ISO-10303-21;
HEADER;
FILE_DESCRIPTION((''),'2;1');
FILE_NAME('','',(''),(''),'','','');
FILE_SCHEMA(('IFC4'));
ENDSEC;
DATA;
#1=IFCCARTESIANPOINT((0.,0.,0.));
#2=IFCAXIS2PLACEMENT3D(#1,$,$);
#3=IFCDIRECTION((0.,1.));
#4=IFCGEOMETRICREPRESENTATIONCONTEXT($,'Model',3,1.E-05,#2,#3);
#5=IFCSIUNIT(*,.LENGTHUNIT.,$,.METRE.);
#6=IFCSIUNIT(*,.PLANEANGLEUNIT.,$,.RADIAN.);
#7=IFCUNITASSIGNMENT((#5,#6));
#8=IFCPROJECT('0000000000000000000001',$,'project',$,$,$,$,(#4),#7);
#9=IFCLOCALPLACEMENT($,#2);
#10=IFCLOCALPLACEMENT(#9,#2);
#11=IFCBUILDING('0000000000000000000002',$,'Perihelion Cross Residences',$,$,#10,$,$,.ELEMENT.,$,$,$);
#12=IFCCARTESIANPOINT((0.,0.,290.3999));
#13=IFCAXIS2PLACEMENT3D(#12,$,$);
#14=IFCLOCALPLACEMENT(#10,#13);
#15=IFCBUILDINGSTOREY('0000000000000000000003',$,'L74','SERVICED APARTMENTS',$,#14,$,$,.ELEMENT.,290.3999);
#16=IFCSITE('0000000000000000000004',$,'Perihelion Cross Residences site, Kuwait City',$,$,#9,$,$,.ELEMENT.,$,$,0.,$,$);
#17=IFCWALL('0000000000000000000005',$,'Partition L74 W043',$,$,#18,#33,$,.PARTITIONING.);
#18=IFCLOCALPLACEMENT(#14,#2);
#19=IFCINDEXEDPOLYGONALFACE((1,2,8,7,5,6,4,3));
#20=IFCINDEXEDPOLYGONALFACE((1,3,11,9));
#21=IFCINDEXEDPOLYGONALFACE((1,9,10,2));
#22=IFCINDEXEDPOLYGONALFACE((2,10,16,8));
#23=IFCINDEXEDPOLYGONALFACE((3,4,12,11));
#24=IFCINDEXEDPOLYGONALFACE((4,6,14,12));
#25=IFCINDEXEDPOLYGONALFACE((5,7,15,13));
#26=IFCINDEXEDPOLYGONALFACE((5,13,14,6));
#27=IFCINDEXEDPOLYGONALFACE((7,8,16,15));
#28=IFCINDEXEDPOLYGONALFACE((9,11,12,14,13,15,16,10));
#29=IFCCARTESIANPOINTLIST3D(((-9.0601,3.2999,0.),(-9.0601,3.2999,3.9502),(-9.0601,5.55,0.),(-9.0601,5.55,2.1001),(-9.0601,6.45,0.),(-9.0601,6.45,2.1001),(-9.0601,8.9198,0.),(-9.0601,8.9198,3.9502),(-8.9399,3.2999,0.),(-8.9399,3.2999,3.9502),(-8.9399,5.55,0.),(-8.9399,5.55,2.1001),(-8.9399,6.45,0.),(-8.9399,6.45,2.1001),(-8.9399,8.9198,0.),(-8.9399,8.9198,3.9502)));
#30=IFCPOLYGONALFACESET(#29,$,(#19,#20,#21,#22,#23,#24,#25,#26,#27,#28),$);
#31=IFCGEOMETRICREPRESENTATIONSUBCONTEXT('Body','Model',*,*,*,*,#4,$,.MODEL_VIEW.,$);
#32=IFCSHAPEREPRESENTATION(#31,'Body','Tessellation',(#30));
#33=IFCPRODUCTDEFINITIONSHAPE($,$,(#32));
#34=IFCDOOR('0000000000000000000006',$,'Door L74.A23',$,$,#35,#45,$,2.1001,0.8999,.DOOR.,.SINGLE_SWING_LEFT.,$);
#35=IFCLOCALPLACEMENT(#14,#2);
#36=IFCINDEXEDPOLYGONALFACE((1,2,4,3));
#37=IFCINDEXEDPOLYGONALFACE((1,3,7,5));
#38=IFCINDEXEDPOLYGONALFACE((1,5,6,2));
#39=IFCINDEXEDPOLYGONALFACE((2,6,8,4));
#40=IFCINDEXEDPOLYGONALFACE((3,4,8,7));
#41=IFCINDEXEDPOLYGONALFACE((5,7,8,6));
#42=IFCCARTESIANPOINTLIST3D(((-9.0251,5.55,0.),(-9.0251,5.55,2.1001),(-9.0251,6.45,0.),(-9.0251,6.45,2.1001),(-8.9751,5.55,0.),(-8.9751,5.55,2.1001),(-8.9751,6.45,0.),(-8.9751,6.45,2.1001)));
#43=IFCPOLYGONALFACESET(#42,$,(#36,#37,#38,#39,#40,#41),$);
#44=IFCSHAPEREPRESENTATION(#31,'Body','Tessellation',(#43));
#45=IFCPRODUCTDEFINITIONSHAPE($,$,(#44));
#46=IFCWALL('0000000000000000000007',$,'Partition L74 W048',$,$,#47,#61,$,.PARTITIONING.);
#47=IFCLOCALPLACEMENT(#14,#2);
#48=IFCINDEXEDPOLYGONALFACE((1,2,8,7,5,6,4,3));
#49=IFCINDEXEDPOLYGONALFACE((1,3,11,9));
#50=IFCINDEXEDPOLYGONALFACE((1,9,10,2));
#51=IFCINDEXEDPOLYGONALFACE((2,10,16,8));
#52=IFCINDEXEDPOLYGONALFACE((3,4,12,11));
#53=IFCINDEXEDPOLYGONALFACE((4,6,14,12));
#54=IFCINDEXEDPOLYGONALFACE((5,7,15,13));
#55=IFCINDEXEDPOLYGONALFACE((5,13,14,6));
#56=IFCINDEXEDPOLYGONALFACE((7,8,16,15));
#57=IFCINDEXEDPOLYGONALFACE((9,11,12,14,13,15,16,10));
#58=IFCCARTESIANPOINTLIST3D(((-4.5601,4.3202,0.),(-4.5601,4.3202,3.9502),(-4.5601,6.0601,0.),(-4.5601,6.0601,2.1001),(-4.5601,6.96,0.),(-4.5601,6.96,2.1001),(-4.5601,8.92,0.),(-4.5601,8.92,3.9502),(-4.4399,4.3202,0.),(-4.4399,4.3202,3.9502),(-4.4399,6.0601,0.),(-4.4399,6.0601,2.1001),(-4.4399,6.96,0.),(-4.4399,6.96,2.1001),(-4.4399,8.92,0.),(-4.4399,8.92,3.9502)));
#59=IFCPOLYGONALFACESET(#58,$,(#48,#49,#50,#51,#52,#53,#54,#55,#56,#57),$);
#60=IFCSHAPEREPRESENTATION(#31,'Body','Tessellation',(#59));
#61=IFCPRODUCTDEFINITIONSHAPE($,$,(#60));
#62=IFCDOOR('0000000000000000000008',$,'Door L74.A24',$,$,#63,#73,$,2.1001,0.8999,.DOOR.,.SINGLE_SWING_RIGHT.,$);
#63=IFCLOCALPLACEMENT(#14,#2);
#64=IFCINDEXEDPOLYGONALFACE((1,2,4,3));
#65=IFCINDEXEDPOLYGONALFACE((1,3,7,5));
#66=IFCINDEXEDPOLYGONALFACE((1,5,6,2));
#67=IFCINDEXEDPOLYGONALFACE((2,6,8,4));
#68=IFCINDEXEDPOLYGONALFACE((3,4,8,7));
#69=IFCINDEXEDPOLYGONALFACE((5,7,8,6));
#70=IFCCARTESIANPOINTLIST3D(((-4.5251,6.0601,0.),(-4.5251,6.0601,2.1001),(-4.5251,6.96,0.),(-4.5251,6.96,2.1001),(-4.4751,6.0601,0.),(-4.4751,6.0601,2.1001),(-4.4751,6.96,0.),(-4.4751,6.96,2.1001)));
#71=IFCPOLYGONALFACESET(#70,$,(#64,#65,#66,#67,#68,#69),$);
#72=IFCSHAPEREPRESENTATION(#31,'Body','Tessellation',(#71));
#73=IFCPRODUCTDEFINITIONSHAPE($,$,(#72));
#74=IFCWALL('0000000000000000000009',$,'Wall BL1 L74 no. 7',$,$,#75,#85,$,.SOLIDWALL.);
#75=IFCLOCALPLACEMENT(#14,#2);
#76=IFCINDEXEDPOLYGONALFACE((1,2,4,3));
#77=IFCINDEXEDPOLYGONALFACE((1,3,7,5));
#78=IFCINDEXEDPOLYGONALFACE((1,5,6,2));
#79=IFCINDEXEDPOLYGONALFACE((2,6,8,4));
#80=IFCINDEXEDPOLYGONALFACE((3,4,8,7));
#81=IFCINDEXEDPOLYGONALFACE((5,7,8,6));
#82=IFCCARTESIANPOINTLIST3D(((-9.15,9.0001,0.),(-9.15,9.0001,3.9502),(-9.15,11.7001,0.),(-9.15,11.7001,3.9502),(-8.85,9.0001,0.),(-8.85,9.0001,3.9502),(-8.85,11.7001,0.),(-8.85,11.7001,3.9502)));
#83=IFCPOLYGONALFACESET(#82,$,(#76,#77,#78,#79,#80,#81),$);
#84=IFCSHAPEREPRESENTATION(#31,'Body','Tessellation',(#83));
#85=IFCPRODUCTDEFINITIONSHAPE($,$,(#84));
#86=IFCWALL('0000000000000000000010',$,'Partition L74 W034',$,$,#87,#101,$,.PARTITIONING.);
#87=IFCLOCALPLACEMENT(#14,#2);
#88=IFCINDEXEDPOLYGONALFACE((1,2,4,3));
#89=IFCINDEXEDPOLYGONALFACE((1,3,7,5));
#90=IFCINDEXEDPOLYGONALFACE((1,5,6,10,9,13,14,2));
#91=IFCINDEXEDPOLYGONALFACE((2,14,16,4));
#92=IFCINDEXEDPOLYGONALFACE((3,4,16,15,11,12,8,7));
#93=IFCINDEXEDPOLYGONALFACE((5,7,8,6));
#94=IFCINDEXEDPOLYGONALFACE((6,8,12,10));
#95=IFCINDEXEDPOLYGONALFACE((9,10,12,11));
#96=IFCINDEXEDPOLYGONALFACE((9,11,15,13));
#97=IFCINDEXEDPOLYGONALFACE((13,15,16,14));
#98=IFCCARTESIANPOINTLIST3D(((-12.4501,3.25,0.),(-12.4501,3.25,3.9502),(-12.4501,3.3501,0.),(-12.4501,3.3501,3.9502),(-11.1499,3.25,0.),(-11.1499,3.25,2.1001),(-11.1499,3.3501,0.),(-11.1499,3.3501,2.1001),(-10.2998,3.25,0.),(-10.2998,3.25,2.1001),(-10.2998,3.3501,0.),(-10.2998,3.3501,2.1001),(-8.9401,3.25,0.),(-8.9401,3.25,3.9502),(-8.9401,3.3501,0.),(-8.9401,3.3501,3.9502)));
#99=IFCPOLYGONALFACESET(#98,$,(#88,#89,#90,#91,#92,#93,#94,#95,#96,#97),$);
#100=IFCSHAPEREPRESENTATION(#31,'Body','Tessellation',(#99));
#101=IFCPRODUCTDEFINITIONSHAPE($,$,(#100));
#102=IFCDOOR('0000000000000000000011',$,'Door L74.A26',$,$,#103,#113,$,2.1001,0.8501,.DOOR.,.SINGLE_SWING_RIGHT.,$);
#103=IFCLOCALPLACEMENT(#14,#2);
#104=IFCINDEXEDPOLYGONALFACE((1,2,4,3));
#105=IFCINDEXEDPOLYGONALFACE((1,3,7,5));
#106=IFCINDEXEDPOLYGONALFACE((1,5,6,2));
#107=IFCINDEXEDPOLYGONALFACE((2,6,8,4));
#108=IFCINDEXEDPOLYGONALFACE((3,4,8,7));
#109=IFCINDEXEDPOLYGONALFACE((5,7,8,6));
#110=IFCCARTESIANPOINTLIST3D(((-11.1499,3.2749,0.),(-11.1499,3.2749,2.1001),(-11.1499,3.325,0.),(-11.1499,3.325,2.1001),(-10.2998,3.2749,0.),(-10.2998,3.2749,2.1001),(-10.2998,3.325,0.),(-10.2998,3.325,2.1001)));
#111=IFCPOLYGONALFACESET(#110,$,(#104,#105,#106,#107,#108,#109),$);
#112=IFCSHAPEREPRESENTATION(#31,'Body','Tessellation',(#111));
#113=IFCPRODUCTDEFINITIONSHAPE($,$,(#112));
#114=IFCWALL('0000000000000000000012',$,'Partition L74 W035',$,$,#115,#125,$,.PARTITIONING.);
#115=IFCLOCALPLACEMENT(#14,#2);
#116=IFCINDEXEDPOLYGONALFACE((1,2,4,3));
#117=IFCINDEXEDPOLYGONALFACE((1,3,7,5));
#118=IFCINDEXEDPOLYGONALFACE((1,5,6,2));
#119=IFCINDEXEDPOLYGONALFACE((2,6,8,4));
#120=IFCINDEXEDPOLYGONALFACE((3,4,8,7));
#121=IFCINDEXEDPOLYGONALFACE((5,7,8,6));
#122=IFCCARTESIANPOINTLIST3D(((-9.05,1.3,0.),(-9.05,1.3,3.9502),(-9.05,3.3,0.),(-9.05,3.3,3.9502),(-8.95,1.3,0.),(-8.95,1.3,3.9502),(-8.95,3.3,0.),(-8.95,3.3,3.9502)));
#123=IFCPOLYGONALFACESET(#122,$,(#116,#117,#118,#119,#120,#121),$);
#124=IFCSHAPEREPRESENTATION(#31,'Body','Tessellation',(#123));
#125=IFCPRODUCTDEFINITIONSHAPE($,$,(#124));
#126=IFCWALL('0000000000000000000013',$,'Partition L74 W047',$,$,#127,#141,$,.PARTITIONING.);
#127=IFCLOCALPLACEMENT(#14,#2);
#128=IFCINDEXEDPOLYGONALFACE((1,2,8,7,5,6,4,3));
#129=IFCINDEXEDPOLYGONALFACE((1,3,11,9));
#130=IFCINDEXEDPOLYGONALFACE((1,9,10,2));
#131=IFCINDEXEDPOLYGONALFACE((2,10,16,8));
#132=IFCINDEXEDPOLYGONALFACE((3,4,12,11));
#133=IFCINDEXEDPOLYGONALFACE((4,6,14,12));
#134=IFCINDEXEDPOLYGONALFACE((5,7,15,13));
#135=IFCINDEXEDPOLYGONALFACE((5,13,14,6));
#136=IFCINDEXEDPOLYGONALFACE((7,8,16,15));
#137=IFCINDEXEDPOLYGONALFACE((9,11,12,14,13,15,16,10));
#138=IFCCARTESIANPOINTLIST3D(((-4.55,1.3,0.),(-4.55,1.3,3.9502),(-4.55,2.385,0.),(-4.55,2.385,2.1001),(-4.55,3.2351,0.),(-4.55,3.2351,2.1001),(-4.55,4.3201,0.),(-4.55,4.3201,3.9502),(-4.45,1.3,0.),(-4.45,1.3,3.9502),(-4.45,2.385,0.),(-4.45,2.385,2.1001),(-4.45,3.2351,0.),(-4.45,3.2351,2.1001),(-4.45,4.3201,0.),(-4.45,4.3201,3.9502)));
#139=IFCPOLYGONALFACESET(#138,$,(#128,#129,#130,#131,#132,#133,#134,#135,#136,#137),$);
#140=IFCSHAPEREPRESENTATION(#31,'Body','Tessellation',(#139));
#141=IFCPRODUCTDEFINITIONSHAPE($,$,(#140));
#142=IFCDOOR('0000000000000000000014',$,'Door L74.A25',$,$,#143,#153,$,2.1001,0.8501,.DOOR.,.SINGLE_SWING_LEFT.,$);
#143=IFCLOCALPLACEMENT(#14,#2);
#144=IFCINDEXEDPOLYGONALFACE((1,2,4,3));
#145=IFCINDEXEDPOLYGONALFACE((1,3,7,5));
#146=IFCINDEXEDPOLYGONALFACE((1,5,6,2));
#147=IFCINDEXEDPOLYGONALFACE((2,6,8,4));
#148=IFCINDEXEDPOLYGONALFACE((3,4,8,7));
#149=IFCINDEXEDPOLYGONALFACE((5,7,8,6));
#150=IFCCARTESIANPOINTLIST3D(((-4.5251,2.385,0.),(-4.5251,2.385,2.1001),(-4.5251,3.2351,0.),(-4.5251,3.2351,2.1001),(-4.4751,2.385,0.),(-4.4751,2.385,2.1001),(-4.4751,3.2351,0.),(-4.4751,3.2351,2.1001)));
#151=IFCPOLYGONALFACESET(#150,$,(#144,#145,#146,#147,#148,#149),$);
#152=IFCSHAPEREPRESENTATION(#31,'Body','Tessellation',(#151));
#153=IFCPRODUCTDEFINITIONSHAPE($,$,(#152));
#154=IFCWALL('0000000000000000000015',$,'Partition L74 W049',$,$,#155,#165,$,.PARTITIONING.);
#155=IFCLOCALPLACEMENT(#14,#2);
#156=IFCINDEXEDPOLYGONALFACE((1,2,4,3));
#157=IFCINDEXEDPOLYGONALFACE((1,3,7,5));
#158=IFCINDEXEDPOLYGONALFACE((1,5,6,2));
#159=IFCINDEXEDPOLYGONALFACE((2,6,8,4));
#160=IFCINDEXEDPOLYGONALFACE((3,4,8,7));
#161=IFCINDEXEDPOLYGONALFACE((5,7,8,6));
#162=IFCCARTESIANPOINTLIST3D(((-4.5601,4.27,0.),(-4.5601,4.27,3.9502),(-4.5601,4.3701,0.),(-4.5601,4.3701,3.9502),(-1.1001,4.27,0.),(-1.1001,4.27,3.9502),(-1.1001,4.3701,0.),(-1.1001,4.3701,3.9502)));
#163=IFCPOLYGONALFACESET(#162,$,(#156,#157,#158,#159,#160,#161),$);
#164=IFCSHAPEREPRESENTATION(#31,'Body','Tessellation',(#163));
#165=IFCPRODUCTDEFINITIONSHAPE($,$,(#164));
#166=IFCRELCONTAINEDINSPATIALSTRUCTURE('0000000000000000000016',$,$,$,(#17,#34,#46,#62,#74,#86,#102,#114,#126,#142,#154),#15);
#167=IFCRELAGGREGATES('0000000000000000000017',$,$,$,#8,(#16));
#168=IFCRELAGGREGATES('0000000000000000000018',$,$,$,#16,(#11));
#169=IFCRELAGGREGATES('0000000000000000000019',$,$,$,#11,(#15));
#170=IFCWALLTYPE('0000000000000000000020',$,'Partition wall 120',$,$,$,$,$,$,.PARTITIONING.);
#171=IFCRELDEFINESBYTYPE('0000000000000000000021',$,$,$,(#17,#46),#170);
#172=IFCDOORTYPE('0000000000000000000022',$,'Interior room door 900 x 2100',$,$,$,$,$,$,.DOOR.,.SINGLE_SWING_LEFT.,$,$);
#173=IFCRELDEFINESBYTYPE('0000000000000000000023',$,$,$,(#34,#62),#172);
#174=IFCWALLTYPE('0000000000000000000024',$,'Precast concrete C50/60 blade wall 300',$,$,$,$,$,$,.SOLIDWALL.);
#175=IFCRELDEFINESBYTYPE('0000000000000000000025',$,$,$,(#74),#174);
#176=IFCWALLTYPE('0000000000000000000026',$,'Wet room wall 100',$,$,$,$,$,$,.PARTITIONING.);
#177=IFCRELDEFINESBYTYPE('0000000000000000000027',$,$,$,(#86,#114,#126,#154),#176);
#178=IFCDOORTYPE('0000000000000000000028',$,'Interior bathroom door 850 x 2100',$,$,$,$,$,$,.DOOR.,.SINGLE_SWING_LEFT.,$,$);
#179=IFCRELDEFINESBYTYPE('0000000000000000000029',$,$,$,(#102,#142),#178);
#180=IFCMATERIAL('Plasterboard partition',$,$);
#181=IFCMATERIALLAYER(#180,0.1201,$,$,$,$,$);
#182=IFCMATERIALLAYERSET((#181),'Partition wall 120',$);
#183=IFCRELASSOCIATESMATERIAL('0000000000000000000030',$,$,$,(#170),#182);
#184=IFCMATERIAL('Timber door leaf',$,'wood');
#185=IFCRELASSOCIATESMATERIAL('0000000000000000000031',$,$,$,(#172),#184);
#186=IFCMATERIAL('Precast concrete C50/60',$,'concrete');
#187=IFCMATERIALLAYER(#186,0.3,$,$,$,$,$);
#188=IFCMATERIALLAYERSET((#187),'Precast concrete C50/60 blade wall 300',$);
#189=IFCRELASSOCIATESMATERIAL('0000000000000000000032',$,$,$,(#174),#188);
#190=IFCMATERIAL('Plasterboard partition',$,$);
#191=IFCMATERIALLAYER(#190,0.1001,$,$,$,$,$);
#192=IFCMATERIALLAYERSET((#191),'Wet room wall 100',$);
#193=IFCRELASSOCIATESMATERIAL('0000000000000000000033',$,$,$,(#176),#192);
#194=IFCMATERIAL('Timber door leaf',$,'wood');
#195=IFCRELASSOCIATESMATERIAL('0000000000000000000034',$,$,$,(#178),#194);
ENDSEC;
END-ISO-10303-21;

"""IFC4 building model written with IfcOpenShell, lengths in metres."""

from ifc_helpers import new_model, si_unit, direction, frame, frame_2d, origin, place, context, subcontext, project, spatial, rectangle, extrude, material, layer, layer_set, type_object, element, fill, save


model = new_model("IFC4")

# Units and contexts
model_context = context("Model", 3, precision=1e-05, world=origin(), true_north=direction((0.0, 1.0)))
body_context = subcontext(model_context, "Body", "Model", "MODEL_VIEW")
ifc_project = project(units=[si_unit("LENGTHUNIT", "METRE"), si_unit("PLANEANGLEUNIT", "RADIAN")], contexts=[model_context])

# Site, building, storey
site_placement = place(None, origin())
site = spatial("IfcSite", under=ifc_project, at=site_placement, Name="Perihelion Cross Residences site, Kuwait City", CompositionType="ELEMENT", RefElevation=0.0)
building_placement = place(site_placement, origin())
building = spatial("IfcBuilding", under=site, at=building_placement, Name="Perihelion Cross Residences", CompositionType="ELEMENT")
storey_placement = place(building_placement, frame((0.0, 0.0, 290.3999)))
storey = spatial("IfcBuildingStorey", under=building, at=storey_placement, Name="L74", Description="SERVICED APARTMENTS", CompositionType="ELEMENT", Elevation=290.3999)

# Walls, openings, doors
ifc_material_1 = material(Name="Plasterboard partition")
ifc_layer_1 = layer(ifc_material_1, 0.1201)
ifc_layer_set_1 = layer_set([ifc_layer_1], Name="Partition wall 120")
wall_type_1 = type_object("IfcWallType", Name="Partition wall 120", PredefinedType="PARTITIONING", material=ifc_layer_set_1)
wall_1_placement = place(storey_placement, frame((-9.0, 8.9199, 0.0), z_axis=(0.0, 0.0, 1.0), x_axis=(0.0, -1.0, 0.0)))
wall_1 = element("IfcWall", 1, at=wall_1_placement, inside=storey, type_object=wall_type_1, Name="Partition L74 W043", PredefinedType="PARTITIONING", context=body_context, shape_type="SweptSolid", body=[
    extrude(rectangle(XDim=5.6199, YDim=0.1201, at=frame_2d((2.8101, 0.0))), origin(), (0.0, 0.0, 1.0), 3.9502),
])
opening_1_placement = place(wall_1_placement, frame((2.47, 0.0, 0.0)))
opening_1 = element("IfcOpeningElement", 2, at=opening_1_placement, cuts=wall_1, PredefinedType="OPENING", context=body_context, shape_type="SweptSolid", body=[
    extrude(rectangle(XDim=0.8999, YDim=2.1001, at=frame_2d((0.45, 1.05))), frame((0.0, 0.0701, 0.0), z_axis=(0.0, -1.0, 0.0), x_axis=(1.0, 0.0, 0.0)), (0.0, 0.0, 1.0), 0.1401),
])
ifc_material_2 = material(Name="Timber door leaf", Category="wood")
door_type_1 = type_object("IfcDoorType", Name="Interior room door 900 x 2100", OperationType="SINGLE_SWING_LEFT", PredefinedType="DOOR", material=ifc_material_2)
door_1_placement = place(opening_1_placement, origin())
door_1 = element("IfcDoor", 3, at=door_1_placement, inside=storey, type_object=door_type_1, Name="Door L74.A23", OperationType="SINGLE_SWING_LEFT", OverallHeight=2.1001, OverallWidth=0.8999, PredefinedType="DOOR", context=body_context, shape_type="SweptSolid", body=[
    extrude(rectangle(XDim=0.8999, YDim=2.1001, at=frame_2d((0.45, 1.05))), frame((0.0, 0.0249, 0.0), z_axis=(0.0, -1.0, 0.0), x_axis=(1.0, 0.0, 0.0)), (0.0, 0.0, 1.0), 0.05),
])
fill(opening_1, door_1)
wall_2_placement = place(storey_placement, frame((-4.5, 8.9199, 0.0), z_axis=(0.0, 0.0, 1.0), x_axis=(0.0, -1.0, 0.0)))
wall_2 = element("IfcWall", 4, at=wall_2_placement, inside=storey, type_object=wall_type_1, Name="Partition L74 W048", PredefinedType="PARTITIONING", context=body_context, shape_type="SweptSolid", body=[
    extrude(rectangle(XDim=4.5999, YDim=0.1201, at=frame_2d((2.2998, 0.0))), origin(), (0.0, 0.0, 1.0), 3.9502),
])
opening_2_placement = place(wall_2_placement, frame((1.96, 0.0, 0.0)))
opening_2 = element("IfcOpeningElement", 5, at=opening_2_placement, cuts=wall_2, PredefinedType="OPENING", context=body_context, shape_type="SweptSolid", body=[
    extrude(rectangle(XDim=0.8999, YDim=2.1001, at=frame_2d((0.45, 1.05))), frame((0.0, 0.0701, 0.0), z_axis=(0.0, -1.0, 0.0), x_axis=(1.0, 0.0, 0.0)), (0.0, 0.0, 1.0), 0.1401),
])
door_2_placement = place(opening_2_placement, origin())
door_2 = element("IfcDoor", 6, at=door_2_placement, inside=storey, type_object=door_type_1, Name="Door L74.A24", OperationType="SINGLE_SWING_RIGHT", OverallHeight=2.1001, OverallWidth=0.8999, PredefinedType="DOOR", context=body_context, shape_type="SweptSolid", body=[
    extrude(rectangle(XDim=0.8999, YDim=2.1001, at=frame_2d((0.45, 1.05))), frame((0.0, 0.0249, 0.0), z_axis=(0.0, -1.0, 0.0), x_axis=(1.0, 0.0, 0.0)), (0.0, 0.0, 1.0), 0.05),
])
fill(opening_2, door_2)

# Wall
ifc_material_3 = material(Name="Precast concrete C50/60", Category="concrete")
ifc_layer_2 = layer(ifc_material_3, 0.3)
ifc_layer_set_2 = layer_set([ifc_layer_2], Name="Precast concrete C50/60 blade wall 300")
wall_type_2 = type_object("IfcWallType", Name="Precast concrete C50/60 blade wall 300", PredefinedType="SOLIDWALL", material=ifc_layer_set_2)
wall_3_placement = place(storey_placement, frame((-9.0, 9.0, 0.0), z_axis=(0.0, 0.0, 1.0), x_axis=(0.0, 1.0, 0.0)))
element("IfcWall", 7, at=wall_3_placement, inside=storey, type_object=wall_type_2, Name="Wall BL1 L74 no. 7", PredefinedType="SOLIDWALL", context=body_context, shape_type="SweptSolid", body=[
    extrude(rectangle(XDim=2.7, YDim=0.3, at=frame_2d((1.3501, 0.0))), origin(), (0.0, 0.0, 1.0), 3.9502),
])

# Wall, opening, door
ifc_material_4 = material(Name="Plasterboard partition")
ifc_layer_3 = layer(ifc_material_4, 0.1001)
ifc_layer_set_3 = layer_set([ifc_layer_3], Name="Wet room wall 100")
wall_type_3 = type_object("IfcWallType", Name="Wet room wall 100", PredefinedType="PARTITIONING", material=ifc_layer_set_3)
wall_4_placement = place(storey_placement, frame((-12.45, 3.3, 0.0), z_axis=(0.0, 0.0, 1.0), x_axis=(1.0, 0.0, 0.0)))
wall_4 = element("IfcWall", 8, at=wall_4_placement, inside=storey, type_object=wall_type_3, Name="Partition L74 W034", PredefinedType="PARTITIONING", context=body_context, shape_type="SweptSolid", body=[
    extrude(rectangle(XDim=3.51, YDim=0.1001, at=frame_2d((1.7549, 0.0))), origin(), (0.0, 0.0, 1.0), 3.9502),
])
opening_3_placement = place(wall_4_placement, frame((1.3, 0.0, 0.0)))
opening_3 = element("IfcOpeningElement", 9, at=opening_3_placement, cuts=wall_4, PredefinedType="OPENING", context=body_context, shape_type="SweptSolid", body=[
    extrude(rectangle(XDim=0.8501, YDim=2.1001, at=frame_2d((0.425, 1.05))), frame((0.0, 0.0601, 0.0), z_axis=(0.0, -1.0, 0.0), x_axis=(1.0, 0.0, 0.0)), (0.0, 0.0, 1.0), 0.1201),
])
ifc_material_5 = material(Name="Timber door leaf", Category="wood")
door_type_2 = type_object("IfcDoorType", Name="Interior bathroom door 850 x 2100", OperationType="SINGLE_SWING_LEFT", PredefinedType="DOOR", material=ifc_material_5)
door_3_placement = place(opening_3_placement, origin())
door_3 = element("IfcDoor", 10, at=door_3_placement, inside=storey, type_object=door_type_2, Name="Door L74.A26", OperationType="SINGLE_SWING_RIGHT", OverallHeight=2.1001, OverallWidth=0.8501, PredefinedType="DOOR", context=body_context, shape_type="SweptSolid", body=[
    extrude(rectangle(XDim=0.8501, YDim=2.1001, at=frame_2d((0.425, 1.05))), frame((0.0, 0.0249, 0.0), z_axis=(0.0, -1.0, 0.0), x_axis=(1.0, 0.0, 0.0)), (0.0, 0.0, 1.0), 0.05),
])
fill(opening_3, door_3)

# Wall
wall_5_placement = place(storey_placement, frame((-9.0, 3.3, 0.0), z_axis=(0.0, 0.0, 1.0), x_axis=(0.0, -1.0, 0.0)))
element("IfcWall", 11, at=wall_5_placement, inside=storey, type_object=wall_type_3, Name="Partition L74 W035", PredefinedType="PARTITIONING", context=body_context, shape_type="SweptSolid", body=[
    extrude(rectangle(XDim=2.0, YDim=0.1001, at=frame_2d((1.0, 0.0))), origin(), (0.0, 0.0, 1.0), 3.9502),
])

# Wall, opening, door
wall_6_placement = place(storey_placement, frame((-4.5, 4.3201, 0.0), z_axis=(0.0, 0.0, 1.0), x_axis=(0.0, -1.0, 0.0)))
wall_6 = element("IfcWall", 12, at=wall_6_placement, inside=storey, type_object=wall_type_3, Name="Partition L74 W047", PredefinedType="PARTITIONING", context=body_context, shape_type="SweptSolid", body=[
    extrude(rectangle(XDim=3.02, YDim=0.1001, at=frame_2d((1.51, 0.0))), origin(), (0.0, 0.0, 1.0), 3.9502),
])
opening_4_placement = place(wall_6_placement, frame((1.085, 0.0, 0.0)))
opening_4 = element("IfcOpeningElement", 13, at=opening_4_placement, cuts=wall_6, PredefinedType="OPENING", context=body_context, shape_type="SweptSolid", body=[
    extrude(rectangle(XDim=0.8501, YDim=2.1001, at=frame_2d((0.425, 1.05))), frame((0.0, 0.0601, 0.0), z_axis=(0.0, -1.0, 0.0), x_axis=(1.0, 0.0, 0.0)), (0.0, 0.0, 1.0), 0.1201),
])
door_4_placement = place(opening_4_placement, origin())
door_4 = element("IfcDoor", 14, at=door_4_placement, inside=storey, type_object=door_type_2, Name="Door L74.A25", OperationType="SINGLE_SWING_LEFT", OverallHeight=2.1001, OverallWidth=0.8501, PredefinedType="DOOR", context=body_context, shape_type="SweptSolid", body=[
    extrude(rectangle(XDim=0.8501, YDim=2.1001, at=frame_2d((0.425, 1.05))), frame((0.0, 0.0249, 0.0), z_axis=(0.0, -1.0, 0.0), x_axis=(1.0, 0.0, 0.0)), (0.0, 0.0, 1.0), 0.05),
])
fill(opening_4, door_4)

# Wall
wall_7_placement = place(storey_placement, frame((-4.5601, 4.3201, 0.0), z_axis=(0.0, 0.0, 1.0), x_axis=(1.0, 0.0, 0.0)))
element("IfcWall", 15, at=wall_7_placement, inside=storey, type_object=wall_type_3, Name="Partition L74 W049", PredefinedType="PARTITIONING", context=body_context, shape_type="SweptSolid", body=[
    extrude(rectangle(XDim=3.46, YDim=0.1001, at=frame_2d((1.73, 0.0))), origin(), (0.0, 0.0, 1.0), 3.9502),
])

save(model, "model.ifc")
